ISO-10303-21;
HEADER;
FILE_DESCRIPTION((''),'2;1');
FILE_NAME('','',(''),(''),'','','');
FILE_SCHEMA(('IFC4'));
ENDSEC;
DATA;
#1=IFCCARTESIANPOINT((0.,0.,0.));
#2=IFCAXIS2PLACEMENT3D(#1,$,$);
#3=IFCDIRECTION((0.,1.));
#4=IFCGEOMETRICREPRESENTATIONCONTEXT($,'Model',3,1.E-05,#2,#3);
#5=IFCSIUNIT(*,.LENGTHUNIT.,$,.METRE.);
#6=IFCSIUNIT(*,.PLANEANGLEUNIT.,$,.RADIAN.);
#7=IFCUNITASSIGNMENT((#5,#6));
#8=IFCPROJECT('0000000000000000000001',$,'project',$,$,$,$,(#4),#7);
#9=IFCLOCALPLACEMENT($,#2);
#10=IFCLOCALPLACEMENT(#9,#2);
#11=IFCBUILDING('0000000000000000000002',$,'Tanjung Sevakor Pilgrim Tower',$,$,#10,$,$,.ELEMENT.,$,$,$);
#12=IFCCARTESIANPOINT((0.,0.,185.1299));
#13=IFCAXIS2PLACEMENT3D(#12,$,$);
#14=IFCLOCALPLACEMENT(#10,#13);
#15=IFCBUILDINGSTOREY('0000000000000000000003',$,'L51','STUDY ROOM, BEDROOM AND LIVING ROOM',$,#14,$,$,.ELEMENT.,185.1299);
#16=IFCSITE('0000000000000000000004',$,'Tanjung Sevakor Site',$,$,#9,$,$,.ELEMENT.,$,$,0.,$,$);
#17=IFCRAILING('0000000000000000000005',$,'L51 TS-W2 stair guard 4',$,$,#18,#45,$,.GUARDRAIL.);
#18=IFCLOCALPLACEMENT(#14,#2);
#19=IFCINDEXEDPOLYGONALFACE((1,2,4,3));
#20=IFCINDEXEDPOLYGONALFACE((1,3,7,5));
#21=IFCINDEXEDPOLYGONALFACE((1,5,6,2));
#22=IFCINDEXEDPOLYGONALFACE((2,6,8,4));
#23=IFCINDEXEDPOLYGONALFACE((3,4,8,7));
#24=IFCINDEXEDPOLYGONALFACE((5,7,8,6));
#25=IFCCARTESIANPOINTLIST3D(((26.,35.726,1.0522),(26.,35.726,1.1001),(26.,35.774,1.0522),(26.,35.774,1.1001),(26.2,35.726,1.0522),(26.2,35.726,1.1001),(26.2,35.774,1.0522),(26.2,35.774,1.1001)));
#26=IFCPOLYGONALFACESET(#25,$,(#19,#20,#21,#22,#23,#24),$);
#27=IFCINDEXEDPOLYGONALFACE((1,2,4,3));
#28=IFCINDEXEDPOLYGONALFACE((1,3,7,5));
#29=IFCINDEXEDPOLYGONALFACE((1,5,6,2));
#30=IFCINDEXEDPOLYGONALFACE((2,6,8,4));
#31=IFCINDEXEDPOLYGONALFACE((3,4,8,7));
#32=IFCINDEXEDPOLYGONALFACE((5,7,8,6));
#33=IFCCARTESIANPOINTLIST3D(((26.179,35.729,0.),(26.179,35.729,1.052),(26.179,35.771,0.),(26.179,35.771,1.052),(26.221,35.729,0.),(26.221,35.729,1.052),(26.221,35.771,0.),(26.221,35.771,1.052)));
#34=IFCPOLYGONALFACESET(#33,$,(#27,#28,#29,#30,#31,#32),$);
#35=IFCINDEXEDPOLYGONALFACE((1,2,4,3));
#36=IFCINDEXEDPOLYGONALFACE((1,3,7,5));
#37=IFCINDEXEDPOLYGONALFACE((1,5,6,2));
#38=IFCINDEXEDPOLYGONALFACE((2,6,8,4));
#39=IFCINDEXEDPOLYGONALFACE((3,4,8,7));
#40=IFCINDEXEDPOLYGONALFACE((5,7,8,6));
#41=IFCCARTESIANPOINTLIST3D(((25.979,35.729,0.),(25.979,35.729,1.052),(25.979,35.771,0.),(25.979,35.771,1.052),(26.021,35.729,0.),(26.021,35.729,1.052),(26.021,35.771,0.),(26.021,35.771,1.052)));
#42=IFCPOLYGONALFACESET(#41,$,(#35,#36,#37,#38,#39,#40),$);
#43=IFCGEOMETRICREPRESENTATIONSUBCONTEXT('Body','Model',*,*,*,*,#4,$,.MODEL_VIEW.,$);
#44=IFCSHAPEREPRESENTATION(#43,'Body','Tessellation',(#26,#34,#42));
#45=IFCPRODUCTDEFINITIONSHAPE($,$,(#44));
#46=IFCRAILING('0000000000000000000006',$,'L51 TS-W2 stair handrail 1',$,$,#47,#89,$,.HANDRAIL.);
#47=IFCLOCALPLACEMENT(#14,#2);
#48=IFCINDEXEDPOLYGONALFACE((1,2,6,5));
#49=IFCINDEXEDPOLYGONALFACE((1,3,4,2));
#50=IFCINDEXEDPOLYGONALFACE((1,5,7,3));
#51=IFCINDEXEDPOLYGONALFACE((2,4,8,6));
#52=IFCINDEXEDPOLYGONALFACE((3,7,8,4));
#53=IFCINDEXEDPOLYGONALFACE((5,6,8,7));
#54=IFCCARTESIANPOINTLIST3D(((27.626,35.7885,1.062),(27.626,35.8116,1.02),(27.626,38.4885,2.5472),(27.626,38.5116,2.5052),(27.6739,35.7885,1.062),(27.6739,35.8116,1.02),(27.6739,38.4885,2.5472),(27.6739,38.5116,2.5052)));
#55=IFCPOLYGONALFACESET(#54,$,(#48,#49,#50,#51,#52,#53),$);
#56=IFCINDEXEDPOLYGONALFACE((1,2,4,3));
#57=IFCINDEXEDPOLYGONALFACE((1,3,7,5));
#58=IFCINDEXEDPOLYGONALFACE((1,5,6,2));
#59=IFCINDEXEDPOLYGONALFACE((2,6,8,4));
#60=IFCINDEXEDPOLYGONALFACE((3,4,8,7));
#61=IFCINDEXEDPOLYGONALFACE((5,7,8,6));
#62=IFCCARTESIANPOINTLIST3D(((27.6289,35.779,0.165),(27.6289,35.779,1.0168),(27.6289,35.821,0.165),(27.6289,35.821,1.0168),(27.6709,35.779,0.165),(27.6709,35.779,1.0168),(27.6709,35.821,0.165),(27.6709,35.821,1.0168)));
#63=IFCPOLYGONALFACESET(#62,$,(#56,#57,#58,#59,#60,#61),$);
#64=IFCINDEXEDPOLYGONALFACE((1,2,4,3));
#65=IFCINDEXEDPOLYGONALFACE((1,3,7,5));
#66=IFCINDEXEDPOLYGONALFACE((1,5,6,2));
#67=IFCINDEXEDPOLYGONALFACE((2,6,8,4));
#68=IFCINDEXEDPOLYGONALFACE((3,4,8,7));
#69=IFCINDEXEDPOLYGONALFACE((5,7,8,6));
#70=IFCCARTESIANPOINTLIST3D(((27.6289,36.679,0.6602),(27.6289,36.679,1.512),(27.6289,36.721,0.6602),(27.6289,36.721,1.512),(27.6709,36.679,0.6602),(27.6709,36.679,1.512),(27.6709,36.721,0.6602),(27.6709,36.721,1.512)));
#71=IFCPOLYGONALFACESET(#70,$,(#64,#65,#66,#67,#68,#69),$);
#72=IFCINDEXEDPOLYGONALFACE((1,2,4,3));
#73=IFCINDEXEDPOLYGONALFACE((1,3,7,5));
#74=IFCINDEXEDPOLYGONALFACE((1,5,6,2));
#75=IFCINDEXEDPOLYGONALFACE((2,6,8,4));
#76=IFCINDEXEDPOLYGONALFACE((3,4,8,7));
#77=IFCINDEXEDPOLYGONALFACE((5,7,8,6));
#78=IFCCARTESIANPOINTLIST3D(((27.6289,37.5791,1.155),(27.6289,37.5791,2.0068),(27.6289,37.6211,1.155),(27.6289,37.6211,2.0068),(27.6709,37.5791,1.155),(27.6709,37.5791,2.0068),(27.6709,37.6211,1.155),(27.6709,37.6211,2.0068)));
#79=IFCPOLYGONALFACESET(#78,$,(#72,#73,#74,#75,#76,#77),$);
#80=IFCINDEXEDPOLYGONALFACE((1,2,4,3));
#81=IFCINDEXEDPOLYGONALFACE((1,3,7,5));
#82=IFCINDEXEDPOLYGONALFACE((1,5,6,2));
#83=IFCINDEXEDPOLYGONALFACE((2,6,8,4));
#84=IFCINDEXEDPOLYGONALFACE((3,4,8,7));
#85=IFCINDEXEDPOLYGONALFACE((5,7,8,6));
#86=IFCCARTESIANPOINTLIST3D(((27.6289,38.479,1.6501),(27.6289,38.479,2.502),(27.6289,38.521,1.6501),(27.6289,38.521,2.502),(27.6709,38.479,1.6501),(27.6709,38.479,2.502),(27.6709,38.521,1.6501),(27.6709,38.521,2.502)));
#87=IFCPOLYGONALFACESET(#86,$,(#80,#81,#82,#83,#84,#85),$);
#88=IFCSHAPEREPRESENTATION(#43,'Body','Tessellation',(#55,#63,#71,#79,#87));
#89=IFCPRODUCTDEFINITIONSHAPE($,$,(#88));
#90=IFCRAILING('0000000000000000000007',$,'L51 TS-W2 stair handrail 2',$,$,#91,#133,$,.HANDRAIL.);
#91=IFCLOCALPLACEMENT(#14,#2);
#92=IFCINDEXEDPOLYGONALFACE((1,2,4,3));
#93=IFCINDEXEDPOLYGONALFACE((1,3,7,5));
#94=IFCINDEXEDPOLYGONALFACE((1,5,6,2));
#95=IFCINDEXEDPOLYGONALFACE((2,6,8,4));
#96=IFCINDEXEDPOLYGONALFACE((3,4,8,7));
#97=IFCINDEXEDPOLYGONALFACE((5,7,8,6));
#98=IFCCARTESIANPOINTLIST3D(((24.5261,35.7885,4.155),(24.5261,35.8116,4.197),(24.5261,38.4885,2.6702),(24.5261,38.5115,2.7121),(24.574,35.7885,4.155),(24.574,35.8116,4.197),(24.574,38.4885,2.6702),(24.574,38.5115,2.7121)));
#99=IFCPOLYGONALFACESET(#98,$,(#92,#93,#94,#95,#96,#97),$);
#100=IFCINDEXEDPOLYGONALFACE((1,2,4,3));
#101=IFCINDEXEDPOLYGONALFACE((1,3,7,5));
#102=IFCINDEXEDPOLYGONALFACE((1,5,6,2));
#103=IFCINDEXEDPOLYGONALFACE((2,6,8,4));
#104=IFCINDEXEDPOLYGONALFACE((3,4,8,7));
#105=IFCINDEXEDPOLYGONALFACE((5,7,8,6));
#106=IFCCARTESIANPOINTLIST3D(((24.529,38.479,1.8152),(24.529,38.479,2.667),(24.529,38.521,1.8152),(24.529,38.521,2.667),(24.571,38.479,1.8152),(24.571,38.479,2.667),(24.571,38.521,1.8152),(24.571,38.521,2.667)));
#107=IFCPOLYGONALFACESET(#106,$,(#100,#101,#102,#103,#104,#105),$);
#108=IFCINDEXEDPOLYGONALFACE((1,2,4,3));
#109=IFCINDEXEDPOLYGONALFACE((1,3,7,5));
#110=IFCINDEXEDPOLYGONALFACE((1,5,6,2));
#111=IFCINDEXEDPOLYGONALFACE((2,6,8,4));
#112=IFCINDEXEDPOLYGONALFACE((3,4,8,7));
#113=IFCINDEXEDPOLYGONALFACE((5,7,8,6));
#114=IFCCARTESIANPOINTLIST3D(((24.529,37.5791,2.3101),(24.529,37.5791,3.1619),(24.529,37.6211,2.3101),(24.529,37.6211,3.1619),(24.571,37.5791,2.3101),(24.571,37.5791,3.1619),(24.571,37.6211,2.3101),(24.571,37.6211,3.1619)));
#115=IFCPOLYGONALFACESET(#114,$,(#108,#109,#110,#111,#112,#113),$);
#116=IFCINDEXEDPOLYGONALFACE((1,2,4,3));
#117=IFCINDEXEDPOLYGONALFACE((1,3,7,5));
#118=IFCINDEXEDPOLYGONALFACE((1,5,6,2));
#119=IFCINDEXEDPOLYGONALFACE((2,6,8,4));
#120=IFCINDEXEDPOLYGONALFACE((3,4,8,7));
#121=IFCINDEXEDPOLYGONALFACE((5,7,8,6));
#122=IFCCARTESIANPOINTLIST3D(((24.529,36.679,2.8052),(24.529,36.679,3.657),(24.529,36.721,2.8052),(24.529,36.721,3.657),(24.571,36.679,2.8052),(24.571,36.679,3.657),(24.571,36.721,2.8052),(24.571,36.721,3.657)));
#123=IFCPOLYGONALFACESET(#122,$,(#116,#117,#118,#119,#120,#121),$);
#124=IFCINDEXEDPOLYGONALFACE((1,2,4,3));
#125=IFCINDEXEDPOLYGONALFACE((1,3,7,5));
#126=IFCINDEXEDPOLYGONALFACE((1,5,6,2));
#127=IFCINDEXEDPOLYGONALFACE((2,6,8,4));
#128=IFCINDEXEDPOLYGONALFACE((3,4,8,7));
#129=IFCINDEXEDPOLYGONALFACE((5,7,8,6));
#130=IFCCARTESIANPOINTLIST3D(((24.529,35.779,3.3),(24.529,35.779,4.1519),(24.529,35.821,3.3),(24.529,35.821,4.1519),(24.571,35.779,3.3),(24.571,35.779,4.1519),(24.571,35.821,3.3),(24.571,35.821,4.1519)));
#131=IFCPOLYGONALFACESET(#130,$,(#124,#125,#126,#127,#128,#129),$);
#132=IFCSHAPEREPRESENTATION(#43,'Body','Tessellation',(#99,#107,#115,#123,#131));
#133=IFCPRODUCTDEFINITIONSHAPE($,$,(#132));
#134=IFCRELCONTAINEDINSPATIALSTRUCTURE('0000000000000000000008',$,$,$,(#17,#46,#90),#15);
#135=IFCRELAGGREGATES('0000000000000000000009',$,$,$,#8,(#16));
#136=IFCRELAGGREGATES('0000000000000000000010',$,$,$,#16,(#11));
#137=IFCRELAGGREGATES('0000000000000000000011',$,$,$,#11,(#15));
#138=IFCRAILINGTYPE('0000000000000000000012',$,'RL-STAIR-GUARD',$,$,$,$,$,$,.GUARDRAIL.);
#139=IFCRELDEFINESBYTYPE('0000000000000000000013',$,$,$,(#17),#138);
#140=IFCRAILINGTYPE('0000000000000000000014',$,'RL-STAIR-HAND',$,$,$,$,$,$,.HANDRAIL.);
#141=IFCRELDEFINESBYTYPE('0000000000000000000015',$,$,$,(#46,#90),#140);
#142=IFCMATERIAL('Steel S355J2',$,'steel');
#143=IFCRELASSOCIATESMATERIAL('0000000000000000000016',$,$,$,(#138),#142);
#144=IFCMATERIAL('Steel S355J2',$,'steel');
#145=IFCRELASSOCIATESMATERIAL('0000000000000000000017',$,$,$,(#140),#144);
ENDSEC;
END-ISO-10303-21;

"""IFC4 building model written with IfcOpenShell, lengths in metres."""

from ifc_helpers import new_model, si_unit, direction, frame, origin, place, context, subcontext, project, spatial, rectangle, extrude, material, type_object, element, save


model = new_model("IFC4")

# Units and contexts
model_context = context("Model", 3, precision=1e-05, world=origin(), true_north=direction((0.0, 1.0)))
body_context = subcontext(model_context, "Body", "Model", "MODEL_VIEW")
ifc_project = project(units=[si_unit("LENGTHUNIT", "METRE"), si_unit("PLANEANGLEUNIT", "RADIAN")], contexts=[model_context])

# Site, building, storey
site_placement = place(None, origin())
site = spatial("IfcSite", under=ifc_project, at=site_placement, Name="Tanjung Sevakor Site", CompositionType="ELEMENT", RefElevation=0.0)
building_placement = place(site_placement, origin())
building = spatial("IfcBuilding", under=site, at=building_placement, Name="Tanjung Sevakor Pilgrim Tower", CompositionType="ELEMENT")
storey_placement = place(building_placement, frame((0.0, 0.0, 185.1299)))
storey = spatial("IfcBuildingStorey", under=building, at=storey_placement, Name="L51", Description="STUDY ROOM, BEDROOM AND LIVING ROOM", CompositionType="ELEMENT", Elevation=185.1299)

# Railings
ifc_material_1 = material(Name="Steel S355J2", Category="steel")
railing_type_1 = type_object("IfcRailingType", Name="RL-STAIR-GUARD", PredefinedType="GUARDRAIL", material=ifc_material_1)
railing_1_placement = place(storey_placement, frame((26.2, 35.75, 0.0)))
element("IfcRailing", 1, at=railing_1_placement, inside=storey, type_object=railing_type_1, Name="L51 TS-W2 stair guard 4", PredefinedType="GUARDRAIL", context=body_context, shape_type="SweptSolid", body=[
    extrude(rectangle(XDim=0.0479, YDim=0.0479), frame((0.0, 0.0, 1.0762), z_axis=(-1.0, 0.0, 0.0), x_axis=(0.0, -1.0, 0.0)), (0.0, 0.0, 1.0), 0.2),
    extrude(rectangle(XDim=0.042, YDim=0.042), origin(), (0.0, 0.0, 1.0), 1.052),
    extrude(rectangle(XDim=0.042, YDim=0.042), frame((-0.2, 0.0, 0.0)), (0.0, 0.0, 1.0), 1.052),
])
ifc_material_2 = material(Name="Steel S355J2", Category="steel")
railing_type_2 = type_object("IfcRailingType", Name="RL-STAIR-HAND", PredefinedType="HANDRAIL", material=ifc_material_2)
railing_2_placement = place(storey_placement, frame((27.6499, 35.8, 0.165)))
element("IfcRailing", 2, at=railing_2_placement, inside=storey, type_object=railing_type_2, Name="L51 TS-W2 stair handrail 1", PredefinedType="HANDRAIL", context=body_context, shape_type="SweptSolid", body=[
    extrude(rectangle(XDim=0.0479, YDim=0.0479), frame((0.0, 0.0, 0.876), z_axis=(0.0, 0.876198, 0.481952), x_axis=(-1.0, 0.0, 0.0)), (0.0, 0.0, 1.0), 3.0815),
    extrude(rectangle(XDim=0.042, YDim=0.042), origin(), (0.0, 0.0, 1.0), 0.8518),
    extrude(rectangle(XDim=0.042, YDim=0.042), frame((0.0, 0.8999, 0.4951)), (0.0, 0.0, 1.0), 0.8518),
    extrude(rectangle(XDim=0.042, YDim=0.042), frame((0.0, 1.8, 0.99)), (0.0, 0.0, 1.0), 0.8518),
    extrude(rectangle(XDim=0.042, YDim=0.042), frame((0.0, 2.7, 1.4851)), (0.0, 0.0, 1.0), 0.8518),
])
railing_3_placement = place(storey_placement, frame((24.55, 38.5, 1.8152)))
element("IfcRailing", 3, at=railing_3_placement, inside=storey, type_object=railing_type_2, Name="L51 TS-W2 stair handrail 2", PredefinedType="HANDRAIL", context=body_context, shape_type="SweptSolid", body=[
    extrude(rectangle(XDim=0.0479, YDim=0.0479), frame((0.0, 0.0, 0.876), z_axis=(0.0, -0.876231, 0.481891), x_axis=(1.0, 0.0, 0.0)), (0.0, 0.0, 1.0), 3.0813),
    extrude(rectangle(XDim=0.042, YDim=0.042), origin(), (0.0, 0.0, 1.0), 0.8518),
    extrude(rectangle(XDim=0.042, YDim=0.042), frame((0.0, -0.8999, 0.4949)), (0.0, 0.0, 1.0), 0.8518),
    extrude(rectangle(XDim=0.042, YDim=0.042), frame((0.0, -1.8, 0.99)), (0.0, 0.0, 1.0), 0.8518),
    extrude(rectangle(XDim=0.042, YDim=0.042), frame((0.0, -2.7, 1.4849)), (0.0, 0.0, 1.0), 0.8518),
])

save(model, "model.ifc")
